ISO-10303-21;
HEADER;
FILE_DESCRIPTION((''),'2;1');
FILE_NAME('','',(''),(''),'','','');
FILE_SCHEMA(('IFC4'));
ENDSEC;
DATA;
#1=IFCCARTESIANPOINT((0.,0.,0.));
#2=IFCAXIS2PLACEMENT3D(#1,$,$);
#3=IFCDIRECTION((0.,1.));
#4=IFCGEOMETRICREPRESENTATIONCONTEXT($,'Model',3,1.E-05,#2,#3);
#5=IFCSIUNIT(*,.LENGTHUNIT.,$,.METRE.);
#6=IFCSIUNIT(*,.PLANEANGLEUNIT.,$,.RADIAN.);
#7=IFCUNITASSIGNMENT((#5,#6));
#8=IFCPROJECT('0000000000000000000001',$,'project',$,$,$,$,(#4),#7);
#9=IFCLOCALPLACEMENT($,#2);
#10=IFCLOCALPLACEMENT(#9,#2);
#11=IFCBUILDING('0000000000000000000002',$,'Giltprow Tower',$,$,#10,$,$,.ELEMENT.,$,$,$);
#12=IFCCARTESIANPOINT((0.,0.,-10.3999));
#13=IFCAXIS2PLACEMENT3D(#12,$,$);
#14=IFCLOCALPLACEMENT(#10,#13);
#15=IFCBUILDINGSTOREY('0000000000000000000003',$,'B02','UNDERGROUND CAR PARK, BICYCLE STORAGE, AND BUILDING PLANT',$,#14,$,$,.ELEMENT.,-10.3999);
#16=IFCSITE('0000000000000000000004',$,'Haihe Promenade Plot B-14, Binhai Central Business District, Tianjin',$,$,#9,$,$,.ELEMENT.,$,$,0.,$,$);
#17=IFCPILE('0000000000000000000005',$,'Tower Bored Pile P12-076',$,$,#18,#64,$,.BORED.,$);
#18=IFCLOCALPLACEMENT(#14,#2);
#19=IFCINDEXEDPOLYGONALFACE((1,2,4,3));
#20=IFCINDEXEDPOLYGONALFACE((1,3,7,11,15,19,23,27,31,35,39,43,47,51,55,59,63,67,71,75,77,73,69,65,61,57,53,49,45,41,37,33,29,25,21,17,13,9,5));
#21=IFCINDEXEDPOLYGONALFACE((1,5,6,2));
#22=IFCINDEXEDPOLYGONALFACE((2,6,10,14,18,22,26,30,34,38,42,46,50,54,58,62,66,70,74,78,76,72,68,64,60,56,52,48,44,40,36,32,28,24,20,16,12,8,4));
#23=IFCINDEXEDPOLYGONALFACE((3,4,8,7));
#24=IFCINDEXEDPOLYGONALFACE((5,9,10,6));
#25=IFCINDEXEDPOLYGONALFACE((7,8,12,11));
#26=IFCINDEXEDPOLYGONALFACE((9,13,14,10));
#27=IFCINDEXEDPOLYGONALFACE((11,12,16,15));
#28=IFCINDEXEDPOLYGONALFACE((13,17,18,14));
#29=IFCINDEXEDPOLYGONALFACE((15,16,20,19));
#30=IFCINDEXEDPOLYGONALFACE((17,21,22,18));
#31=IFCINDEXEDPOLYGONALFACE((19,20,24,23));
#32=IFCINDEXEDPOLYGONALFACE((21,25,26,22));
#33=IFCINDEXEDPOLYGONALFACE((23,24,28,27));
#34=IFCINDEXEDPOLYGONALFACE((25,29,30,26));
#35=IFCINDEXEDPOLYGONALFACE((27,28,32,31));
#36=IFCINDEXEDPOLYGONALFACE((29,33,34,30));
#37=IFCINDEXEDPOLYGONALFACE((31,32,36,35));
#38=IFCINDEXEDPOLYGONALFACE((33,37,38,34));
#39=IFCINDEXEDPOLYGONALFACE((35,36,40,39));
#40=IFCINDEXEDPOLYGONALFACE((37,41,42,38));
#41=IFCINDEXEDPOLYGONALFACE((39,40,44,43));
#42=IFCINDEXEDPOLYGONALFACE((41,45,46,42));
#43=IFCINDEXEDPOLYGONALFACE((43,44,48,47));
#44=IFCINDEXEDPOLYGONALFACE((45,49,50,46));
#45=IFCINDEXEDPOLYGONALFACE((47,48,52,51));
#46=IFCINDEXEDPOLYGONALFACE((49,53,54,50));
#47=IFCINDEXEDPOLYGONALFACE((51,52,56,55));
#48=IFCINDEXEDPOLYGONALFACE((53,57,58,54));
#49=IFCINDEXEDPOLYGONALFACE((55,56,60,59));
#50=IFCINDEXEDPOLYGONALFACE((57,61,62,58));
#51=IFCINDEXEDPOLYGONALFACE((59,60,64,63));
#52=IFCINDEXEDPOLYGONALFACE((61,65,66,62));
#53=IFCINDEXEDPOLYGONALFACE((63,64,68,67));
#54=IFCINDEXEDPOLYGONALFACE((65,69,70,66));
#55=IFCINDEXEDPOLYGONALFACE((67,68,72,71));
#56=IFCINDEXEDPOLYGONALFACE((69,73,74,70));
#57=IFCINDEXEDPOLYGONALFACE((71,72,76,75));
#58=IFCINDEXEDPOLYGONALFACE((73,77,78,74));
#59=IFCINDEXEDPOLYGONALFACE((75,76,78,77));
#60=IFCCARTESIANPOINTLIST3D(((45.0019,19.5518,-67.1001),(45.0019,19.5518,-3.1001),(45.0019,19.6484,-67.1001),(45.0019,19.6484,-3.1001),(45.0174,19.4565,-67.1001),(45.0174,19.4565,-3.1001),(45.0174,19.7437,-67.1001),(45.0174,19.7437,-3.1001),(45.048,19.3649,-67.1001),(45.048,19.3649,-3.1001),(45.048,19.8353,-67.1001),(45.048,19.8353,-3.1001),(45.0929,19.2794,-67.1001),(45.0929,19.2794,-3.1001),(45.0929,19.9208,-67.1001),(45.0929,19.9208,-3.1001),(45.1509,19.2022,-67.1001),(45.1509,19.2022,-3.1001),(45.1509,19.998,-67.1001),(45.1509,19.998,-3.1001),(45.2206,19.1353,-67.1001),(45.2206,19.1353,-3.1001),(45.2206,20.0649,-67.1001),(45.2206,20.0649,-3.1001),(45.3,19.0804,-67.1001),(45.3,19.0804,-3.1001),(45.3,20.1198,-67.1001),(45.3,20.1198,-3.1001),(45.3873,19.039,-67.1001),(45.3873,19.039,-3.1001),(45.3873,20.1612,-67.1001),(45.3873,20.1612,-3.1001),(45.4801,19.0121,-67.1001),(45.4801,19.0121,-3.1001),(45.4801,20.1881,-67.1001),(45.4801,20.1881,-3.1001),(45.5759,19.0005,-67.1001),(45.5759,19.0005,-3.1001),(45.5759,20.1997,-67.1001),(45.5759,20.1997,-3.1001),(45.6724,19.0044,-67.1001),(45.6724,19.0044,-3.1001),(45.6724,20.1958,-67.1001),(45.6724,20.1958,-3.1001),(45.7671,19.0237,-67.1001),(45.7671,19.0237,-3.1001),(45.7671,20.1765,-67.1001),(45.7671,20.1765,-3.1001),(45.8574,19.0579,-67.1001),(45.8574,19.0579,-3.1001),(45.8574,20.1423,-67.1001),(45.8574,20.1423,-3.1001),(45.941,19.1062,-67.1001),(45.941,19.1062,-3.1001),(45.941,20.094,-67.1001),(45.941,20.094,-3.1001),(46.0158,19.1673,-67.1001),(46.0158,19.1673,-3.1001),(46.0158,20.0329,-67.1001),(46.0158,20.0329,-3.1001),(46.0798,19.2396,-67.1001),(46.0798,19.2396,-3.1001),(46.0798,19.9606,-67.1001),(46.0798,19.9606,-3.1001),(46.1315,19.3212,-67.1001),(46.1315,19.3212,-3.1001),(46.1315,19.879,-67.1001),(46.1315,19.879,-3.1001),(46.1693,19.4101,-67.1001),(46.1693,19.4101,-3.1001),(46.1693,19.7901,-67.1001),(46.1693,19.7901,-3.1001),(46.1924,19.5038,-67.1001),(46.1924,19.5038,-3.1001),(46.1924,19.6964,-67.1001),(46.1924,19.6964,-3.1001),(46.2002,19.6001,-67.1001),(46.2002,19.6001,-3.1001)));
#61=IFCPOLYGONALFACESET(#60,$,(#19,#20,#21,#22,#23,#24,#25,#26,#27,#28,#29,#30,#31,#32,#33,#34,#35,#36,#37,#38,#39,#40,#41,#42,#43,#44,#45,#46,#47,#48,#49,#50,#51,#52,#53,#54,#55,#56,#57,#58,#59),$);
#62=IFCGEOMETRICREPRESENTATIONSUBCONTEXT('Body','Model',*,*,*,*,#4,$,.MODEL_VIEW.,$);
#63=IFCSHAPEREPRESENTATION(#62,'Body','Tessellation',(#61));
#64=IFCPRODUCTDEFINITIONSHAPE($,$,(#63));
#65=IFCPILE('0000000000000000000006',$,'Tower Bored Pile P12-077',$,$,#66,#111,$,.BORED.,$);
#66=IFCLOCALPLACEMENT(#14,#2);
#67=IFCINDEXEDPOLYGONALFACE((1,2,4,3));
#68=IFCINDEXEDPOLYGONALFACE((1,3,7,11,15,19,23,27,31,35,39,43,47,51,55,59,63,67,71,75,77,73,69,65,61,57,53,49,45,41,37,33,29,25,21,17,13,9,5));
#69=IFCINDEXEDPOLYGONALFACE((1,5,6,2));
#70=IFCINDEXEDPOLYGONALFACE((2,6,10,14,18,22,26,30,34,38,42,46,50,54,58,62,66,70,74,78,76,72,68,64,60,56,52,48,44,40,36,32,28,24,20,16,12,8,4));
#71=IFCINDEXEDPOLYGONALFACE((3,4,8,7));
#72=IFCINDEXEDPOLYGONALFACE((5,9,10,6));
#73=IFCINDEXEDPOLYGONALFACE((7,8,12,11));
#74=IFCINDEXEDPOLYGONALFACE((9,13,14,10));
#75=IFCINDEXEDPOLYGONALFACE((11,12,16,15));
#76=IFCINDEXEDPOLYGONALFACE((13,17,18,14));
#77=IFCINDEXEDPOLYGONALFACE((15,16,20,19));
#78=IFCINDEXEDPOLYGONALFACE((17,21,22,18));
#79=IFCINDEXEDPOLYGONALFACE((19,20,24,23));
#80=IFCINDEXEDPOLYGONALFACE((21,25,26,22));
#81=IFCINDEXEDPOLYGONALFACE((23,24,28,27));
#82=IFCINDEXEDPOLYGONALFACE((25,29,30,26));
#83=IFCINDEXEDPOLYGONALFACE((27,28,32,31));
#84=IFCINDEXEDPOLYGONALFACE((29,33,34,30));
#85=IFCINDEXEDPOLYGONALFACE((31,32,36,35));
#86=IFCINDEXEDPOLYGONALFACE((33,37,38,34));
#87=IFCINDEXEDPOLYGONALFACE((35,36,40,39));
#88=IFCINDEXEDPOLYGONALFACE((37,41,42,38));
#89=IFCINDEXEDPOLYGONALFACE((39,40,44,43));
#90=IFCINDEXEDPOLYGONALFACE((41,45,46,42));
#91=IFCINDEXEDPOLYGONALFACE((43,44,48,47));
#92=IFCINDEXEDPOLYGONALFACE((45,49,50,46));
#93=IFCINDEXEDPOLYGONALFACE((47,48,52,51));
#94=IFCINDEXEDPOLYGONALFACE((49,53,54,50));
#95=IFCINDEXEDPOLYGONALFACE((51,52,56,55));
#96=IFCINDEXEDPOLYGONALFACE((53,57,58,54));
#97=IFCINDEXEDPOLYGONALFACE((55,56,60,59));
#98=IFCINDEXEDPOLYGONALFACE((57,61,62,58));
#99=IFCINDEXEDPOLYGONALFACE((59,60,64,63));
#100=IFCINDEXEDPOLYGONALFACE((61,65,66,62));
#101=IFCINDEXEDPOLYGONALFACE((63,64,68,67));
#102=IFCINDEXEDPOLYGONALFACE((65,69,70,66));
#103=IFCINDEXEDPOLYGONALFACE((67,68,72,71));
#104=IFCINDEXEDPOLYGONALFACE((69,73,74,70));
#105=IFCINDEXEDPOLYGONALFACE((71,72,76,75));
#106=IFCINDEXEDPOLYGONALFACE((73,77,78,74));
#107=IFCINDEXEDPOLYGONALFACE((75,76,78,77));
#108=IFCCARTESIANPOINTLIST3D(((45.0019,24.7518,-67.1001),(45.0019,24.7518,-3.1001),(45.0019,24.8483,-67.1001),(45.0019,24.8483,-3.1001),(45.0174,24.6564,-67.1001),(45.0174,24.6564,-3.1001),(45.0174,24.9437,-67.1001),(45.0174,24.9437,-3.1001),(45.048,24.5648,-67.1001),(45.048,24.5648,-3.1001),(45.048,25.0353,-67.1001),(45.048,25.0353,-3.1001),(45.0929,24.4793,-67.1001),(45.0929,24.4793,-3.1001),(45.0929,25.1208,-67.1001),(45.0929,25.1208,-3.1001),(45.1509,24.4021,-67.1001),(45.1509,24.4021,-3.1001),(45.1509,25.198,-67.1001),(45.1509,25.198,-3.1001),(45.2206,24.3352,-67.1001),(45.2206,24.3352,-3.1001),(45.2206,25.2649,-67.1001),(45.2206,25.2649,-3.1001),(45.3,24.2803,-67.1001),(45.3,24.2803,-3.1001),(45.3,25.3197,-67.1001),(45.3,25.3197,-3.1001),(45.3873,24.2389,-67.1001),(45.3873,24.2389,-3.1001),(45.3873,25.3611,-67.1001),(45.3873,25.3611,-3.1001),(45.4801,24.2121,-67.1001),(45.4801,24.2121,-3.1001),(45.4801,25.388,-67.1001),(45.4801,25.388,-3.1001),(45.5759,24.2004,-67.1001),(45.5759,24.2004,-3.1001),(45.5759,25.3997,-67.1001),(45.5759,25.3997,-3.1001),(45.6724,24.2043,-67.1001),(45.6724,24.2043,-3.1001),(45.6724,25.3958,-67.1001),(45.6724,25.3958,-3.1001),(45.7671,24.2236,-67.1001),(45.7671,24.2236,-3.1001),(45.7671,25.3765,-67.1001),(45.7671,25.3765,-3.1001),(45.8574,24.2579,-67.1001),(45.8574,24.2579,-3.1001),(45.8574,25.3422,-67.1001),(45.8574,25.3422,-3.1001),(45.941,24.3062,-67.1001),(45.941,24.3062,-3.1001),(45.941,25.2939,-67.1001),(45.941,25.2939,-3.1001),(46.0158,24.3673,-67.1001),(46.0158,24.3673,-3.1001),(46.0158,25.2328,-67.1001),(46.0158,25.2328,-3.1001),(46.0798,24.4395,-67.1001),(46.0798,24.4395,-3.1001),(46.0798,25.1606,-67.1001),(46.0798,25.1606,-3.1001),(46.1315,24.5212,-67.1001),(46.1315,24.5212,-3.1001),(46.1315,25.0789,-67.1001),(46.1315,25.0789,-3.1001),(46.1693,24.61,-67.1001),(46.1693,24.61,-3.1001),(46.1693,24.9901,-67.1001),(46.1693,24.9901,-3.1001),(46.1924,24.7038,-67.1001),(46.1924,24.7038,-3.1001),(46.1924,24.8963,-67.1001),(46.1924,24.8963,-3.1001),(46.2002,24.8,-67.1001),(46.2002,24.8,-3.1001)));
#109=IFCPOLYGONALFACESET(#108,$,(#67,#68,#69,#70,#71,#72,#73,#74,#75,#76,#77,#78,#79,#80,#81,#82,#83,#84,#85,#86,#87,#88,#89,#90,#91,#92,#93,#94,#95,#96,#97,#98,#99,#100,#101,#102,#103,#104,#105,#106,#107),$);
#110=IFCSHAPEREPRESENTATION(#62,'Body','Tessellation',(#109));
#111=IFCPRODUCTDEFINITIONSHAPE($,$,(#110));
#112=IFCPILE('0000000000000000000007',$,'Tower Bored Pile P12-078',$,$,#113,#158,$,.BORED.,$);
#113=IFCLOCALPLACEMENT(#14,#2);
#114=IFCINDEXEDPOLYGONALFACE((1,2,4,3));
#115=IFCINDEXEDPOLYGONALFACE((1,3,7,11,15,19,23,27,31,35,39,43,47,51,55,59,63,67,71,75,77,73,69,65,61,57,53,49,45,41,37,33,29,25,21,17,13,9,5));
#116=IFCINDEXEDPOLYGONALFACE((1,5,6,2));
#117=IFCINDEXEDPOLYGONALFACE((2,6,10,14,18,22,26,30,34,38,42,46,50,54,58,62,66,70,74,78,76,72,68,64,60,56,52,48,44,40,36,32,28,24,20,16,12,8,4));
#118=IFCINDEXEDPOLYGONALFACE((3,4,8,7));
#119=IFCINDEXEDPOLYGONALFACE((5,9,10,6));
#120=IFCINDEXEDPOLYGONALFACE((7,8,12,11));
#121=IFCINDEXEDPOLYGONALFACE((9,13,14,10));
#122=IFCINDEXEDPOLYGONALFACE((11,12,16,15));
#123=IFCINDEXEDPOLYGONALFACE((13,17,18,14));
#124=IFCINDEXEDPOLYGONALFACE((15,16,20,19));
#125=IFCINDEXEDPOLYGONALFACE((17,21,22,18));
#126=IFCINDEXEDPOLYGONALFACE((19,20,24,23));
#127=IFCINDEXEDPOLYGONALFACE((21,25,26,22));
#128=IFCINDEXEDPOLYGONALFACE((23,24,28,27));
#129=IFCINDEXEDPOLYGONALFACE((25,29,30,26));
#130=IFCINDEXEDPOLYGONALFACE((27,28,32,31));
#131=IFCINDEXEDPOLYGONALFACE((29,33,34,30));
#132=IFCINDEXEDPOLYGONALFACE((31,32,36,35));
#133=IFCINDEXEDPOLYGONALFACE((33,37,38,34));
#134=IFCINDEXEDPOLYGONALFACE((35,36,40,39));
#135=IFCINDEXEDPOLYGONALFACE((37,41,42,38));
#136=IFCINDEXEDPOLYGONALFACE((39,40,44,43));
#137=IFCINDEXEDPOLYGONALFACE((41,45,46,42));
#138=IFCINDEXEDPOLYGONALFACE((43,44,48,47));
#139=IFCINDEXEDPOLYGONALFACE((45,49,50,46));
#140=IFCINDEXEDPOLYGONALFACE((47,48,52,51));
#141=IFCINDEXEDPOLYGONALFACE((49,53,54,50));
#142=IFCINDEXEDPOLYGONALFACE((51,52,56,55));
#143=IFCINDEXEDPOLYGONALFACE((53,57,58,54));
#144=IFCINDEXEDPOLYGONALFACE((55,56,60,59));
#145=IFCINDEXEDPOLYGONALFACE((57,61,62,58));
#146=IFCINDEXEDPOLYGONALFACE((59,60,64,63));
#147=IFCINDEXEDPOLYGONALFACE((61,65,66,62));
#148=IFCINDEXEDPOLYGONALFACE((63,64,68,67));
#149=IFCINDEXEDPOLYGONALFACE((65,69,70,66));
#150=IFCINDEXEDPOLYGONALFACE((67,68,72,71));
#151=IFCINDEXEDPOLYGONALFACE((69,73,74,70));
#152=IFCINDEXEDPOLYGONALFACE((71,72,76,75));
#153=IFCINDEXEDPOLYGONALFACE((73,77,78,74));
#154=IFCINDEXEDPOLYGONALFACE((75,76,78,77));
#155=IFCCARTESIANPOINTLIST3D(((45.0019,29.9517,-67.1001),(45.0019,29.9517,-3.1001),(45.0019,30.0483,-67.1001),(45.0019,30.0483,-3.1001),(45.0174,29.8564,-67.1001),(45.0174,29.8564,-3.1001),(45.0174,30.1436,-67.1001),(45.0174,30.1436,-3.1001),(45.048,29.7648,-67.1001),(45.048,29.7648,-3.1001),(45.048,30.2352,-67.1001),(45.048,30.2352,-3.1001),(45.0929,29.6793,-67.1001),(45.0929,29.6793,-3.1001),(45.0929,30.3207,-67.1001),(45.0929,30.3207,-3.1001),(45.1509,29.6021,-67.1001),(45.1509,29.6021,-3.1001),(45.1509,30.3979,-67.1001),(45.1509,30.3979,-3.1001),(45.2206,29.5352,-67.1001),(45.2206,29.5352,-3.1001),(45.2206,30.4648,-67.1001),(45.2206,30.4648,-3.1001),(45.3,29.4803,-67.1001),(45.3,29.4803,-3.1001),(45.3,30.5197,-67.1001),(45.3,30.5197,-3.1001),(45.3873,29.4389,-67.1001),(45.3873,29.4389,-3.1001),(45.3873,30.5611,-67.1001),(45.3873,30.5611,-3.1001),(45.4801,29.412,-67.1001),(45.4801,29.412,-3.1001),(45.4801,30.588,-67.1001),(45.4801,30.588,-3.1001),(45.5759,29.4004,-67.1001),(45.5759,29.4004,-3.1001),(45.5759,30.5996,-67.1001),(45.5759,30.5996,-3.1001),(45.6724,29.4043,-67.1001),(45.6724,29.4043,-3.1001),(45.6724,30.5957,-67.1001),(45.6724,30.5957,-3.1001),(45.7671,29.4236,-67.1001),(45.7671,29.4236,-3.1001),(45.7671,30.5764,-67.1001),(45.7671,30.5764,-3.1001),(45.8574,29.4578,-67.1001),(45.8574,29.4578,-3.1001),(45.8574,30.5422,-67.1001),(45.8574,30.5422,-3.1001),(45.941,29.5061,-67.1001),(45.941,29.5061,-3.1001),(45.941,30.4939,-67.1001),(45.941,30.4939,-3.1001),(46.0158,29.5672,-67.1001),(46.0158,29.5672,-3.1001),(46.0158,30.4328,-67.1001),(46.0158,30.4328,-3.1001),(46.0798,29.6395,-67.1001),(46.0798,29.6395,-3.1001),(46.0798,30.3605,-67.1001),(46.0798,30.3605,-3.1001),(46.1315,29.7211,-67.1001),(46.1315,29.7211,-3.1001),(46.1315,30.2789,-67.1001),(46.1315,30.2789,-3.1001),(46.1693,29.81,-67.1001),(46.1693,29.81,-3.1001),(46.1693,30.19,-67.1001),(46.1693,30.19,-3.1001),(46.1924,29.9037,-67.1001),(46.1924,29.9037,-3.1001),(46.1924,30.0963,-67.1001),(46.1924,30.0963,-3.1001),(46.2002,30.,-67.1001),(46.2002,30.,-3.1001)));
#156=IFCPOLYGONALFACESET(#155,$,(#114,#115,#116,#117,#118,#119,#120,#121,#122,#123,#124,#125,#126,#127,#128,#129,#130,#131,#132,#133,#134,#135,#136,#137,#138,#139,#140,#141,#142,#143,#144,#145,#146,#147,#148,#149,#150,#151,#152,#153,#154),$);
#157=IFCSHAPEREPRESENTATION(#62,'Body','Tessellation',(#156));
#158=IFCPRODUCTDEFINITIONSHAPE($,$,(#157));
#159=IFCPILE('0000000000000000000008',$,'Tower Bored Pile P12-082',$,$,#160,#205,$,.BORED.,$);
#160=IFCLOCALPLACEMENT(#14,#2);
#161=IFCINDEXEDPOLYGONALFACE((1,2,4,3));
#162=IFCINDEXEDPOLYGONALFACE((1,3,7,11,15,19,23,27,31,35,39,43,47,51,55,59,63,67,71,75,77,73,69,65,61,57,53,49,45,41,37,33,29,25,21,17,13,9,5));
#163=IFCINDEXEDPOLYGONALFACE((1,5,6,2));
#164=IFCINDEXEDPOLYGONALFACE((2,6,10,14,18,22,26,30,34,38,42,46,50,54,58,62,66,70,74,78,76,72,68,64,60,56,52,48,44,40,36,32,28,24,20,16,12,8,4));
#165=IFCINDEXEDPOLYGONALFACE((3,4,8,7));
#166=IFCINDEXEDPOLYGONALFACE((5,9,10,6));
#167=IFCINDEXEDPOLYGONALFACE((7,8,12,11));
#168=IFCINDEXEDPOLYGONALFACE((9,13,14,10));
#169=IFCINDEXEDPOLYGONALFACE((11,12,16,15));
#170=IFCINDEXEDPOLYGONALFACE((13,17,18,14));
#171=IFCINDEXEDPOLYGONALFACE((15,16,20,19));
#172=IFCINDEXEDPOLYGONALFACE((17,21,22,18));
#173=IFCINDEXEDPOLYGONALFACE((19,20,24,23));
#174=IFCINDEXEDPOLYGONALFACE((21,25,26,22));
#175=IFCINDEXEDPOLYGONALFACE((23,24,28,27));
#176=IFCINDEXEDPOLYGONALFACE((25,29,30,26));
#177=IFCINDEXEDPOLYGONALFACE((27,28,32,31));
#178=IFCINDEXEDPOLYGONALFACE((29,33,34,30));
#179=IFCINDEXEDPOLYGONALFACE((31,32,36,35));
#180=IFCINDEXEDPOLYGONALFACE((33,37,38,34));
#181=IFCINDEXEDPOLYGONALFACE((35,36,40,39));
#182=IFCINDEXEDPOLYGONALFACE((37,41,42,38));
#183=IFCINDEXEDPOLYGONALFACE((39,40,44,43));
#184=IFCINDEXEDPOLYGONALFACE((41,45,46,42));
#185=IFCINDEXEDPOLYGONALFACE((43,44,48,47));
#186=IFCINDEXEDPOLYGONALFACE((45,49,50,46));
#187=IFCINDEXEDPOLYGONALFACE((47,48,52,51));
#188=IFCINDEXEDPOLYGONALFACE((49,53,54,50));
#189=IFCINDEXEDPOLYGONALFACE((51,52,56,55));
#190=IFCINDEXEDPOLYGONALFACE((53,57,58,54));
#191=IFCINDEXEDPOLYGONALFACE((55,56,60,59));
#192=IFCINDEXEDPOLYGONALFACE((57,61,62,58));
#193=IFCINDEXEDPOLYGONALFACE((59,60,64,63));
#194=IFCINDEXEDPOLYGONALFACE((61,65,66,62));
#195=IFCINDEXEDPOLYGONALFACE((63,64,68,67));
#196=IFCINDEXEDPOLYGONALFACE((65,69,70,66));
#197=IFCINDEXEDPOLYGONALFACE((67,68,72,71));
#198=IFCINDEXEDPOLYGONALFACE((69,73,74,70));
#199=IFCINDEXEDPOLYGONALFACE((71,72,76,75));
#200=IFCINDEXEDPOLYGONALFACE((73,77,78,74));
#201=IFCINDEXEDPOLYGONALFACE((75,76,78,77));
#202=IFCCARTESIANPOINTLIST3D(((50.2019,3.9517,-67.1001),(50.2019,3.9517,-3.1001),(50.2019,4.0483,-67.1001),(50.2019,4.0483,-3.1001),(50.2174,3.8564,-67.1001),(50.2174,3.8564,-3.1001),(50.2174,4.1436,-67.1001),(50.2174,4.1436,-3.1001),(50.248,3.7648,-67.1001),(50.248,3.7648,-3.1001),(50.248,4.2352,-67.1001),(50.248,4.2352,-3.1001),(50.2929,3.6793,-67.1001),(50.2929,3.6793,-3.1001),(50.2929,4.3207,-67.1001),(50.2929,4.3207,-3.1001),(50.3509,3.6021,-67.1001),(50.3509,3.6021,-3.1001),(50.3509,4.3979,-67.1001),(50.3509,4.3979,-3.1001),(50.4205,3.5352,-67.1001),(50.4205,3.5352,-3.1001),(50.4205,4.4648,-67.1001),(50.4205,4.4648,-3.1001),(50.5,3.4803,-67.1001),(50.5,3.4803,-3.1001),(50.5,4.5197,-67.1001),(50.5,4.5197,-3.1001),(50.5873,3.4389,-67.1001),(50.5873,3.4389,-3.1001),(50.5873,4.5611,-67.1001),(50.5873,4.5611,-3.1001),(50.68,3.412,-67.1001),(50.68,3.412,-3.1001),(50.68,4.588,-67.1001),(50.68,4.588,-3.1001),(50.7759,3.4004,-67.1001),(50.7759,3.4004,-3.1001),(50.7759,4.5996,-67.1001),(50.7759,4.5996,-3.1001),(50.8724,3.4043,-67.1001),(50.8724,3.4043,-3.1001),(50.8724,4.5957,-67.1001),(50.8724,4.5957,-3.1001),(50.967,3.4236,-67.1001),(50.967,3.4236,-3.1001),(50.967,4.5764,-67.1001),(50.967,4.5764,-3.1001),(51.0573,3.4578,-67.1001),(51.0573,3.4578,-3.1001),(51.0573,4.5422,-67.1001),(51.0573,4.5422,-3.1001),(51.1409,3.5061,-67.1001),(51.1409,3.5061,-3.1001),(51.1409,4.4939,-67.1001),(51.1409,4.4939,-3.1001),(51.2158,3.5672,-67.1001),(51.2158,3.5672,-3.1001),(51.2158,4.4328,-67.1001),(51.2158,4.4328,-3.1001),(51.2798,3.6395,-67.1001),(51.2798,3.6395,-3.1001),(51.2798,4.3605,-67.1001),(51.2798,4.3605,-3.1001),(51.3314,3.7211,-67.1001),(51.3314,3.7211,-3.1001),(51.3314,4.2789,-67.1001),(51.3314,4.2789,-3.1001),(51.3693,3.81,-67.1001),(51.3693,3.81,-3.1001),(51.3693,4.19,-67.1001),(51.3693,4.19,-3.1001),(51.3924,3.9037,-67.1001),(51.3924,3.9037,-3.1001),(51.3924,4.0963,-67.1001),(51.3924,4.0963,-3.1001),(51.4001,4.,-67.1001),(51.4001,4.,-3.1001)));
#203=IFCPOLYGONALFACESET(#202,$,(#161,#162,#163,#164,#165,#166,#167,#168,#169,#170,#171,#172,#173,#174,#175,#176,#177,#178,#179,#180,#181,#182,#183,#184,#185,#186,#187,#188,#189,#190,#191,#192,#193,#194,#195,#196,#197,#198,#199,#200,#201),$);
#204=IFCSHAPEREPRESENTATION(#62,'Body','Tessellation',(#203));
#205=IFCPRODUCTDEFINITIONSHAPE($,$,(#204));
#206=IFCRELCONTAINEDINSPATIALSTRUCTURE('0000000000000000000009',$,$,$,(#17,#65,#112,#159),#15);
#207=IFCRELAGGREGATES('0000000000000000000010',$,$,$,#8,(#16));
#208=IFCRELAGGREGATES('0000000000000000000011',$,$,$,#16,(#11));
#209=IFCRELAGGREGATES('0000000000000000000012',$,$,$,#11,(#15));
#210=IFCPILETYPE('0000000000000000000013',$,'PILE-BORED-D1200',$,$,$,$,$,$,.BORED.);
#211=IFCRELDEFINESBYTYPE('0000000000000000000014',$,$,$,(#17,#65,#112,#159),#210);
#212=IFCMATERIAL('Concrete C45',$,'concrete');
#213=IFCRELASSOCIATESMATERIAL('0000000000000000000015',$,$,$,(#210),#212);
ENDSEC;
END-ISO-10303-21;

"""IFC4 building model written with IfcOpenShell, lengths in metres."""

from ifc_helpers import new_model, si_unit, direction, frame, origin, origin_2d, place, context, subcontext, project, spatial, circle, extrude, source, transform, mapped, material, material_profile, profile_set, type_object, element, save


model = new_model("IFC4")

# Units and contexts
model_context = context("Model", 3, precision=1e-05, world=origin(), true_north=direction((0.0, 1.0)))
body_context = subcontext(model_context, "Body", "Model", "MODEL_VIEW")
ifc_project = project(units=[si_unit("LENGTHUNIT", "METRE"), si_unit("PLANEANGLEUNIT", "RADIAN")], contexts=[model_context])

# Site, building, storey
site_placement = place(None, origin())
site = spatial("IfcSite", under=ifc_project, at=site_placement, Name="Haihe Promenade Plot B-14, Binhai Central Business District, Tianjin", CompositionType="ELEMENT", RefElevation=0.0)
building_placement = place(site_placement, origin())
building = spatial("IfcBuilding", under=site, at=building_placement, Name="Giltprow Tower", CompositionType="ELEMENT")
storey_placement = place(building_placement, frame((0.0, 0.0, -10.3999)))
storey = spatial("IfcBuildingStorey", under=building, at=storey_placement, Name="B02", Description="UNDERGROUND CAR PARK, BICYCLE STORAGE, AND BUILDING PLANT", CompositionType="ELEMENT", Elevation=-10.3999)

# Shared definitions
ifc_material_1 = material(Name="Concrete C45", Category="concrete")

# Piles
ifc_material_profile_1 = material_profile(ifc_material_1, circle(Radius=0.6001, at=origin_2d()), Name="PILE D1200")
ifc_profile_set_1 = profile_set([ifc_material_profile_1], Name="Concrete C45")
pile_type = type_object("IfcPileType", Name="PILE-BORED-D1200", PredefinedType="BORED", material=ifc_profile_set_1)
shared_shape_1 = source(origin(), body_context, "Body", "SweptSolid", [
    extrude(circle(Radius=0.6001, at=origin_2d()), origin(), (0.0, 0.0, 1.0), 64.0),
])
for number, where, z_axis, x_axis, name in (
    (1, (45.6001, 19.6001, -3.1001), (0.0, 0.0, -1.0), (1.0, 0.0, 0.0), "Tower Bored Pile P12-076"),
    (2, (45.6001, 24.8, -3.1001), (0.0, 0.0, -1.0), (1.0, 0.0, 0.0), "Tower Bored Pile P12-077"),
    (3, (45.6001, 30.0, -3.1001), (0.0, 0.0, -1.0), (1.0, 0.0, 0.0), "Tower Bored Pile P12-078"),
    (4, (50.8, 4.0, -3.1001), (0.0, 0.0, -1.0), (1.0, 0.0, 0.0), "Tower Bored Pile P12-082"),
):
    element("IfcPile", number, at=place(storey_placement, frame(where, z_axis=z_axis, x_axis=x_axis)), inside=storey, type_object=pile_type, Name=name, PredefinedType="BORED", context=body_context, shape_type="MappedRepresentation", body=[
        mapped(shared_shape_1, transform((0.0, 0.0, 0.0), x_axis=(1.0, 0.0, 0.0), y_axis=(0.0, 1.0, 0.0), z_axis=(0.0, 0.0, 1.0), scale=1.0)),
    ])

save(model, "model.ifc")
